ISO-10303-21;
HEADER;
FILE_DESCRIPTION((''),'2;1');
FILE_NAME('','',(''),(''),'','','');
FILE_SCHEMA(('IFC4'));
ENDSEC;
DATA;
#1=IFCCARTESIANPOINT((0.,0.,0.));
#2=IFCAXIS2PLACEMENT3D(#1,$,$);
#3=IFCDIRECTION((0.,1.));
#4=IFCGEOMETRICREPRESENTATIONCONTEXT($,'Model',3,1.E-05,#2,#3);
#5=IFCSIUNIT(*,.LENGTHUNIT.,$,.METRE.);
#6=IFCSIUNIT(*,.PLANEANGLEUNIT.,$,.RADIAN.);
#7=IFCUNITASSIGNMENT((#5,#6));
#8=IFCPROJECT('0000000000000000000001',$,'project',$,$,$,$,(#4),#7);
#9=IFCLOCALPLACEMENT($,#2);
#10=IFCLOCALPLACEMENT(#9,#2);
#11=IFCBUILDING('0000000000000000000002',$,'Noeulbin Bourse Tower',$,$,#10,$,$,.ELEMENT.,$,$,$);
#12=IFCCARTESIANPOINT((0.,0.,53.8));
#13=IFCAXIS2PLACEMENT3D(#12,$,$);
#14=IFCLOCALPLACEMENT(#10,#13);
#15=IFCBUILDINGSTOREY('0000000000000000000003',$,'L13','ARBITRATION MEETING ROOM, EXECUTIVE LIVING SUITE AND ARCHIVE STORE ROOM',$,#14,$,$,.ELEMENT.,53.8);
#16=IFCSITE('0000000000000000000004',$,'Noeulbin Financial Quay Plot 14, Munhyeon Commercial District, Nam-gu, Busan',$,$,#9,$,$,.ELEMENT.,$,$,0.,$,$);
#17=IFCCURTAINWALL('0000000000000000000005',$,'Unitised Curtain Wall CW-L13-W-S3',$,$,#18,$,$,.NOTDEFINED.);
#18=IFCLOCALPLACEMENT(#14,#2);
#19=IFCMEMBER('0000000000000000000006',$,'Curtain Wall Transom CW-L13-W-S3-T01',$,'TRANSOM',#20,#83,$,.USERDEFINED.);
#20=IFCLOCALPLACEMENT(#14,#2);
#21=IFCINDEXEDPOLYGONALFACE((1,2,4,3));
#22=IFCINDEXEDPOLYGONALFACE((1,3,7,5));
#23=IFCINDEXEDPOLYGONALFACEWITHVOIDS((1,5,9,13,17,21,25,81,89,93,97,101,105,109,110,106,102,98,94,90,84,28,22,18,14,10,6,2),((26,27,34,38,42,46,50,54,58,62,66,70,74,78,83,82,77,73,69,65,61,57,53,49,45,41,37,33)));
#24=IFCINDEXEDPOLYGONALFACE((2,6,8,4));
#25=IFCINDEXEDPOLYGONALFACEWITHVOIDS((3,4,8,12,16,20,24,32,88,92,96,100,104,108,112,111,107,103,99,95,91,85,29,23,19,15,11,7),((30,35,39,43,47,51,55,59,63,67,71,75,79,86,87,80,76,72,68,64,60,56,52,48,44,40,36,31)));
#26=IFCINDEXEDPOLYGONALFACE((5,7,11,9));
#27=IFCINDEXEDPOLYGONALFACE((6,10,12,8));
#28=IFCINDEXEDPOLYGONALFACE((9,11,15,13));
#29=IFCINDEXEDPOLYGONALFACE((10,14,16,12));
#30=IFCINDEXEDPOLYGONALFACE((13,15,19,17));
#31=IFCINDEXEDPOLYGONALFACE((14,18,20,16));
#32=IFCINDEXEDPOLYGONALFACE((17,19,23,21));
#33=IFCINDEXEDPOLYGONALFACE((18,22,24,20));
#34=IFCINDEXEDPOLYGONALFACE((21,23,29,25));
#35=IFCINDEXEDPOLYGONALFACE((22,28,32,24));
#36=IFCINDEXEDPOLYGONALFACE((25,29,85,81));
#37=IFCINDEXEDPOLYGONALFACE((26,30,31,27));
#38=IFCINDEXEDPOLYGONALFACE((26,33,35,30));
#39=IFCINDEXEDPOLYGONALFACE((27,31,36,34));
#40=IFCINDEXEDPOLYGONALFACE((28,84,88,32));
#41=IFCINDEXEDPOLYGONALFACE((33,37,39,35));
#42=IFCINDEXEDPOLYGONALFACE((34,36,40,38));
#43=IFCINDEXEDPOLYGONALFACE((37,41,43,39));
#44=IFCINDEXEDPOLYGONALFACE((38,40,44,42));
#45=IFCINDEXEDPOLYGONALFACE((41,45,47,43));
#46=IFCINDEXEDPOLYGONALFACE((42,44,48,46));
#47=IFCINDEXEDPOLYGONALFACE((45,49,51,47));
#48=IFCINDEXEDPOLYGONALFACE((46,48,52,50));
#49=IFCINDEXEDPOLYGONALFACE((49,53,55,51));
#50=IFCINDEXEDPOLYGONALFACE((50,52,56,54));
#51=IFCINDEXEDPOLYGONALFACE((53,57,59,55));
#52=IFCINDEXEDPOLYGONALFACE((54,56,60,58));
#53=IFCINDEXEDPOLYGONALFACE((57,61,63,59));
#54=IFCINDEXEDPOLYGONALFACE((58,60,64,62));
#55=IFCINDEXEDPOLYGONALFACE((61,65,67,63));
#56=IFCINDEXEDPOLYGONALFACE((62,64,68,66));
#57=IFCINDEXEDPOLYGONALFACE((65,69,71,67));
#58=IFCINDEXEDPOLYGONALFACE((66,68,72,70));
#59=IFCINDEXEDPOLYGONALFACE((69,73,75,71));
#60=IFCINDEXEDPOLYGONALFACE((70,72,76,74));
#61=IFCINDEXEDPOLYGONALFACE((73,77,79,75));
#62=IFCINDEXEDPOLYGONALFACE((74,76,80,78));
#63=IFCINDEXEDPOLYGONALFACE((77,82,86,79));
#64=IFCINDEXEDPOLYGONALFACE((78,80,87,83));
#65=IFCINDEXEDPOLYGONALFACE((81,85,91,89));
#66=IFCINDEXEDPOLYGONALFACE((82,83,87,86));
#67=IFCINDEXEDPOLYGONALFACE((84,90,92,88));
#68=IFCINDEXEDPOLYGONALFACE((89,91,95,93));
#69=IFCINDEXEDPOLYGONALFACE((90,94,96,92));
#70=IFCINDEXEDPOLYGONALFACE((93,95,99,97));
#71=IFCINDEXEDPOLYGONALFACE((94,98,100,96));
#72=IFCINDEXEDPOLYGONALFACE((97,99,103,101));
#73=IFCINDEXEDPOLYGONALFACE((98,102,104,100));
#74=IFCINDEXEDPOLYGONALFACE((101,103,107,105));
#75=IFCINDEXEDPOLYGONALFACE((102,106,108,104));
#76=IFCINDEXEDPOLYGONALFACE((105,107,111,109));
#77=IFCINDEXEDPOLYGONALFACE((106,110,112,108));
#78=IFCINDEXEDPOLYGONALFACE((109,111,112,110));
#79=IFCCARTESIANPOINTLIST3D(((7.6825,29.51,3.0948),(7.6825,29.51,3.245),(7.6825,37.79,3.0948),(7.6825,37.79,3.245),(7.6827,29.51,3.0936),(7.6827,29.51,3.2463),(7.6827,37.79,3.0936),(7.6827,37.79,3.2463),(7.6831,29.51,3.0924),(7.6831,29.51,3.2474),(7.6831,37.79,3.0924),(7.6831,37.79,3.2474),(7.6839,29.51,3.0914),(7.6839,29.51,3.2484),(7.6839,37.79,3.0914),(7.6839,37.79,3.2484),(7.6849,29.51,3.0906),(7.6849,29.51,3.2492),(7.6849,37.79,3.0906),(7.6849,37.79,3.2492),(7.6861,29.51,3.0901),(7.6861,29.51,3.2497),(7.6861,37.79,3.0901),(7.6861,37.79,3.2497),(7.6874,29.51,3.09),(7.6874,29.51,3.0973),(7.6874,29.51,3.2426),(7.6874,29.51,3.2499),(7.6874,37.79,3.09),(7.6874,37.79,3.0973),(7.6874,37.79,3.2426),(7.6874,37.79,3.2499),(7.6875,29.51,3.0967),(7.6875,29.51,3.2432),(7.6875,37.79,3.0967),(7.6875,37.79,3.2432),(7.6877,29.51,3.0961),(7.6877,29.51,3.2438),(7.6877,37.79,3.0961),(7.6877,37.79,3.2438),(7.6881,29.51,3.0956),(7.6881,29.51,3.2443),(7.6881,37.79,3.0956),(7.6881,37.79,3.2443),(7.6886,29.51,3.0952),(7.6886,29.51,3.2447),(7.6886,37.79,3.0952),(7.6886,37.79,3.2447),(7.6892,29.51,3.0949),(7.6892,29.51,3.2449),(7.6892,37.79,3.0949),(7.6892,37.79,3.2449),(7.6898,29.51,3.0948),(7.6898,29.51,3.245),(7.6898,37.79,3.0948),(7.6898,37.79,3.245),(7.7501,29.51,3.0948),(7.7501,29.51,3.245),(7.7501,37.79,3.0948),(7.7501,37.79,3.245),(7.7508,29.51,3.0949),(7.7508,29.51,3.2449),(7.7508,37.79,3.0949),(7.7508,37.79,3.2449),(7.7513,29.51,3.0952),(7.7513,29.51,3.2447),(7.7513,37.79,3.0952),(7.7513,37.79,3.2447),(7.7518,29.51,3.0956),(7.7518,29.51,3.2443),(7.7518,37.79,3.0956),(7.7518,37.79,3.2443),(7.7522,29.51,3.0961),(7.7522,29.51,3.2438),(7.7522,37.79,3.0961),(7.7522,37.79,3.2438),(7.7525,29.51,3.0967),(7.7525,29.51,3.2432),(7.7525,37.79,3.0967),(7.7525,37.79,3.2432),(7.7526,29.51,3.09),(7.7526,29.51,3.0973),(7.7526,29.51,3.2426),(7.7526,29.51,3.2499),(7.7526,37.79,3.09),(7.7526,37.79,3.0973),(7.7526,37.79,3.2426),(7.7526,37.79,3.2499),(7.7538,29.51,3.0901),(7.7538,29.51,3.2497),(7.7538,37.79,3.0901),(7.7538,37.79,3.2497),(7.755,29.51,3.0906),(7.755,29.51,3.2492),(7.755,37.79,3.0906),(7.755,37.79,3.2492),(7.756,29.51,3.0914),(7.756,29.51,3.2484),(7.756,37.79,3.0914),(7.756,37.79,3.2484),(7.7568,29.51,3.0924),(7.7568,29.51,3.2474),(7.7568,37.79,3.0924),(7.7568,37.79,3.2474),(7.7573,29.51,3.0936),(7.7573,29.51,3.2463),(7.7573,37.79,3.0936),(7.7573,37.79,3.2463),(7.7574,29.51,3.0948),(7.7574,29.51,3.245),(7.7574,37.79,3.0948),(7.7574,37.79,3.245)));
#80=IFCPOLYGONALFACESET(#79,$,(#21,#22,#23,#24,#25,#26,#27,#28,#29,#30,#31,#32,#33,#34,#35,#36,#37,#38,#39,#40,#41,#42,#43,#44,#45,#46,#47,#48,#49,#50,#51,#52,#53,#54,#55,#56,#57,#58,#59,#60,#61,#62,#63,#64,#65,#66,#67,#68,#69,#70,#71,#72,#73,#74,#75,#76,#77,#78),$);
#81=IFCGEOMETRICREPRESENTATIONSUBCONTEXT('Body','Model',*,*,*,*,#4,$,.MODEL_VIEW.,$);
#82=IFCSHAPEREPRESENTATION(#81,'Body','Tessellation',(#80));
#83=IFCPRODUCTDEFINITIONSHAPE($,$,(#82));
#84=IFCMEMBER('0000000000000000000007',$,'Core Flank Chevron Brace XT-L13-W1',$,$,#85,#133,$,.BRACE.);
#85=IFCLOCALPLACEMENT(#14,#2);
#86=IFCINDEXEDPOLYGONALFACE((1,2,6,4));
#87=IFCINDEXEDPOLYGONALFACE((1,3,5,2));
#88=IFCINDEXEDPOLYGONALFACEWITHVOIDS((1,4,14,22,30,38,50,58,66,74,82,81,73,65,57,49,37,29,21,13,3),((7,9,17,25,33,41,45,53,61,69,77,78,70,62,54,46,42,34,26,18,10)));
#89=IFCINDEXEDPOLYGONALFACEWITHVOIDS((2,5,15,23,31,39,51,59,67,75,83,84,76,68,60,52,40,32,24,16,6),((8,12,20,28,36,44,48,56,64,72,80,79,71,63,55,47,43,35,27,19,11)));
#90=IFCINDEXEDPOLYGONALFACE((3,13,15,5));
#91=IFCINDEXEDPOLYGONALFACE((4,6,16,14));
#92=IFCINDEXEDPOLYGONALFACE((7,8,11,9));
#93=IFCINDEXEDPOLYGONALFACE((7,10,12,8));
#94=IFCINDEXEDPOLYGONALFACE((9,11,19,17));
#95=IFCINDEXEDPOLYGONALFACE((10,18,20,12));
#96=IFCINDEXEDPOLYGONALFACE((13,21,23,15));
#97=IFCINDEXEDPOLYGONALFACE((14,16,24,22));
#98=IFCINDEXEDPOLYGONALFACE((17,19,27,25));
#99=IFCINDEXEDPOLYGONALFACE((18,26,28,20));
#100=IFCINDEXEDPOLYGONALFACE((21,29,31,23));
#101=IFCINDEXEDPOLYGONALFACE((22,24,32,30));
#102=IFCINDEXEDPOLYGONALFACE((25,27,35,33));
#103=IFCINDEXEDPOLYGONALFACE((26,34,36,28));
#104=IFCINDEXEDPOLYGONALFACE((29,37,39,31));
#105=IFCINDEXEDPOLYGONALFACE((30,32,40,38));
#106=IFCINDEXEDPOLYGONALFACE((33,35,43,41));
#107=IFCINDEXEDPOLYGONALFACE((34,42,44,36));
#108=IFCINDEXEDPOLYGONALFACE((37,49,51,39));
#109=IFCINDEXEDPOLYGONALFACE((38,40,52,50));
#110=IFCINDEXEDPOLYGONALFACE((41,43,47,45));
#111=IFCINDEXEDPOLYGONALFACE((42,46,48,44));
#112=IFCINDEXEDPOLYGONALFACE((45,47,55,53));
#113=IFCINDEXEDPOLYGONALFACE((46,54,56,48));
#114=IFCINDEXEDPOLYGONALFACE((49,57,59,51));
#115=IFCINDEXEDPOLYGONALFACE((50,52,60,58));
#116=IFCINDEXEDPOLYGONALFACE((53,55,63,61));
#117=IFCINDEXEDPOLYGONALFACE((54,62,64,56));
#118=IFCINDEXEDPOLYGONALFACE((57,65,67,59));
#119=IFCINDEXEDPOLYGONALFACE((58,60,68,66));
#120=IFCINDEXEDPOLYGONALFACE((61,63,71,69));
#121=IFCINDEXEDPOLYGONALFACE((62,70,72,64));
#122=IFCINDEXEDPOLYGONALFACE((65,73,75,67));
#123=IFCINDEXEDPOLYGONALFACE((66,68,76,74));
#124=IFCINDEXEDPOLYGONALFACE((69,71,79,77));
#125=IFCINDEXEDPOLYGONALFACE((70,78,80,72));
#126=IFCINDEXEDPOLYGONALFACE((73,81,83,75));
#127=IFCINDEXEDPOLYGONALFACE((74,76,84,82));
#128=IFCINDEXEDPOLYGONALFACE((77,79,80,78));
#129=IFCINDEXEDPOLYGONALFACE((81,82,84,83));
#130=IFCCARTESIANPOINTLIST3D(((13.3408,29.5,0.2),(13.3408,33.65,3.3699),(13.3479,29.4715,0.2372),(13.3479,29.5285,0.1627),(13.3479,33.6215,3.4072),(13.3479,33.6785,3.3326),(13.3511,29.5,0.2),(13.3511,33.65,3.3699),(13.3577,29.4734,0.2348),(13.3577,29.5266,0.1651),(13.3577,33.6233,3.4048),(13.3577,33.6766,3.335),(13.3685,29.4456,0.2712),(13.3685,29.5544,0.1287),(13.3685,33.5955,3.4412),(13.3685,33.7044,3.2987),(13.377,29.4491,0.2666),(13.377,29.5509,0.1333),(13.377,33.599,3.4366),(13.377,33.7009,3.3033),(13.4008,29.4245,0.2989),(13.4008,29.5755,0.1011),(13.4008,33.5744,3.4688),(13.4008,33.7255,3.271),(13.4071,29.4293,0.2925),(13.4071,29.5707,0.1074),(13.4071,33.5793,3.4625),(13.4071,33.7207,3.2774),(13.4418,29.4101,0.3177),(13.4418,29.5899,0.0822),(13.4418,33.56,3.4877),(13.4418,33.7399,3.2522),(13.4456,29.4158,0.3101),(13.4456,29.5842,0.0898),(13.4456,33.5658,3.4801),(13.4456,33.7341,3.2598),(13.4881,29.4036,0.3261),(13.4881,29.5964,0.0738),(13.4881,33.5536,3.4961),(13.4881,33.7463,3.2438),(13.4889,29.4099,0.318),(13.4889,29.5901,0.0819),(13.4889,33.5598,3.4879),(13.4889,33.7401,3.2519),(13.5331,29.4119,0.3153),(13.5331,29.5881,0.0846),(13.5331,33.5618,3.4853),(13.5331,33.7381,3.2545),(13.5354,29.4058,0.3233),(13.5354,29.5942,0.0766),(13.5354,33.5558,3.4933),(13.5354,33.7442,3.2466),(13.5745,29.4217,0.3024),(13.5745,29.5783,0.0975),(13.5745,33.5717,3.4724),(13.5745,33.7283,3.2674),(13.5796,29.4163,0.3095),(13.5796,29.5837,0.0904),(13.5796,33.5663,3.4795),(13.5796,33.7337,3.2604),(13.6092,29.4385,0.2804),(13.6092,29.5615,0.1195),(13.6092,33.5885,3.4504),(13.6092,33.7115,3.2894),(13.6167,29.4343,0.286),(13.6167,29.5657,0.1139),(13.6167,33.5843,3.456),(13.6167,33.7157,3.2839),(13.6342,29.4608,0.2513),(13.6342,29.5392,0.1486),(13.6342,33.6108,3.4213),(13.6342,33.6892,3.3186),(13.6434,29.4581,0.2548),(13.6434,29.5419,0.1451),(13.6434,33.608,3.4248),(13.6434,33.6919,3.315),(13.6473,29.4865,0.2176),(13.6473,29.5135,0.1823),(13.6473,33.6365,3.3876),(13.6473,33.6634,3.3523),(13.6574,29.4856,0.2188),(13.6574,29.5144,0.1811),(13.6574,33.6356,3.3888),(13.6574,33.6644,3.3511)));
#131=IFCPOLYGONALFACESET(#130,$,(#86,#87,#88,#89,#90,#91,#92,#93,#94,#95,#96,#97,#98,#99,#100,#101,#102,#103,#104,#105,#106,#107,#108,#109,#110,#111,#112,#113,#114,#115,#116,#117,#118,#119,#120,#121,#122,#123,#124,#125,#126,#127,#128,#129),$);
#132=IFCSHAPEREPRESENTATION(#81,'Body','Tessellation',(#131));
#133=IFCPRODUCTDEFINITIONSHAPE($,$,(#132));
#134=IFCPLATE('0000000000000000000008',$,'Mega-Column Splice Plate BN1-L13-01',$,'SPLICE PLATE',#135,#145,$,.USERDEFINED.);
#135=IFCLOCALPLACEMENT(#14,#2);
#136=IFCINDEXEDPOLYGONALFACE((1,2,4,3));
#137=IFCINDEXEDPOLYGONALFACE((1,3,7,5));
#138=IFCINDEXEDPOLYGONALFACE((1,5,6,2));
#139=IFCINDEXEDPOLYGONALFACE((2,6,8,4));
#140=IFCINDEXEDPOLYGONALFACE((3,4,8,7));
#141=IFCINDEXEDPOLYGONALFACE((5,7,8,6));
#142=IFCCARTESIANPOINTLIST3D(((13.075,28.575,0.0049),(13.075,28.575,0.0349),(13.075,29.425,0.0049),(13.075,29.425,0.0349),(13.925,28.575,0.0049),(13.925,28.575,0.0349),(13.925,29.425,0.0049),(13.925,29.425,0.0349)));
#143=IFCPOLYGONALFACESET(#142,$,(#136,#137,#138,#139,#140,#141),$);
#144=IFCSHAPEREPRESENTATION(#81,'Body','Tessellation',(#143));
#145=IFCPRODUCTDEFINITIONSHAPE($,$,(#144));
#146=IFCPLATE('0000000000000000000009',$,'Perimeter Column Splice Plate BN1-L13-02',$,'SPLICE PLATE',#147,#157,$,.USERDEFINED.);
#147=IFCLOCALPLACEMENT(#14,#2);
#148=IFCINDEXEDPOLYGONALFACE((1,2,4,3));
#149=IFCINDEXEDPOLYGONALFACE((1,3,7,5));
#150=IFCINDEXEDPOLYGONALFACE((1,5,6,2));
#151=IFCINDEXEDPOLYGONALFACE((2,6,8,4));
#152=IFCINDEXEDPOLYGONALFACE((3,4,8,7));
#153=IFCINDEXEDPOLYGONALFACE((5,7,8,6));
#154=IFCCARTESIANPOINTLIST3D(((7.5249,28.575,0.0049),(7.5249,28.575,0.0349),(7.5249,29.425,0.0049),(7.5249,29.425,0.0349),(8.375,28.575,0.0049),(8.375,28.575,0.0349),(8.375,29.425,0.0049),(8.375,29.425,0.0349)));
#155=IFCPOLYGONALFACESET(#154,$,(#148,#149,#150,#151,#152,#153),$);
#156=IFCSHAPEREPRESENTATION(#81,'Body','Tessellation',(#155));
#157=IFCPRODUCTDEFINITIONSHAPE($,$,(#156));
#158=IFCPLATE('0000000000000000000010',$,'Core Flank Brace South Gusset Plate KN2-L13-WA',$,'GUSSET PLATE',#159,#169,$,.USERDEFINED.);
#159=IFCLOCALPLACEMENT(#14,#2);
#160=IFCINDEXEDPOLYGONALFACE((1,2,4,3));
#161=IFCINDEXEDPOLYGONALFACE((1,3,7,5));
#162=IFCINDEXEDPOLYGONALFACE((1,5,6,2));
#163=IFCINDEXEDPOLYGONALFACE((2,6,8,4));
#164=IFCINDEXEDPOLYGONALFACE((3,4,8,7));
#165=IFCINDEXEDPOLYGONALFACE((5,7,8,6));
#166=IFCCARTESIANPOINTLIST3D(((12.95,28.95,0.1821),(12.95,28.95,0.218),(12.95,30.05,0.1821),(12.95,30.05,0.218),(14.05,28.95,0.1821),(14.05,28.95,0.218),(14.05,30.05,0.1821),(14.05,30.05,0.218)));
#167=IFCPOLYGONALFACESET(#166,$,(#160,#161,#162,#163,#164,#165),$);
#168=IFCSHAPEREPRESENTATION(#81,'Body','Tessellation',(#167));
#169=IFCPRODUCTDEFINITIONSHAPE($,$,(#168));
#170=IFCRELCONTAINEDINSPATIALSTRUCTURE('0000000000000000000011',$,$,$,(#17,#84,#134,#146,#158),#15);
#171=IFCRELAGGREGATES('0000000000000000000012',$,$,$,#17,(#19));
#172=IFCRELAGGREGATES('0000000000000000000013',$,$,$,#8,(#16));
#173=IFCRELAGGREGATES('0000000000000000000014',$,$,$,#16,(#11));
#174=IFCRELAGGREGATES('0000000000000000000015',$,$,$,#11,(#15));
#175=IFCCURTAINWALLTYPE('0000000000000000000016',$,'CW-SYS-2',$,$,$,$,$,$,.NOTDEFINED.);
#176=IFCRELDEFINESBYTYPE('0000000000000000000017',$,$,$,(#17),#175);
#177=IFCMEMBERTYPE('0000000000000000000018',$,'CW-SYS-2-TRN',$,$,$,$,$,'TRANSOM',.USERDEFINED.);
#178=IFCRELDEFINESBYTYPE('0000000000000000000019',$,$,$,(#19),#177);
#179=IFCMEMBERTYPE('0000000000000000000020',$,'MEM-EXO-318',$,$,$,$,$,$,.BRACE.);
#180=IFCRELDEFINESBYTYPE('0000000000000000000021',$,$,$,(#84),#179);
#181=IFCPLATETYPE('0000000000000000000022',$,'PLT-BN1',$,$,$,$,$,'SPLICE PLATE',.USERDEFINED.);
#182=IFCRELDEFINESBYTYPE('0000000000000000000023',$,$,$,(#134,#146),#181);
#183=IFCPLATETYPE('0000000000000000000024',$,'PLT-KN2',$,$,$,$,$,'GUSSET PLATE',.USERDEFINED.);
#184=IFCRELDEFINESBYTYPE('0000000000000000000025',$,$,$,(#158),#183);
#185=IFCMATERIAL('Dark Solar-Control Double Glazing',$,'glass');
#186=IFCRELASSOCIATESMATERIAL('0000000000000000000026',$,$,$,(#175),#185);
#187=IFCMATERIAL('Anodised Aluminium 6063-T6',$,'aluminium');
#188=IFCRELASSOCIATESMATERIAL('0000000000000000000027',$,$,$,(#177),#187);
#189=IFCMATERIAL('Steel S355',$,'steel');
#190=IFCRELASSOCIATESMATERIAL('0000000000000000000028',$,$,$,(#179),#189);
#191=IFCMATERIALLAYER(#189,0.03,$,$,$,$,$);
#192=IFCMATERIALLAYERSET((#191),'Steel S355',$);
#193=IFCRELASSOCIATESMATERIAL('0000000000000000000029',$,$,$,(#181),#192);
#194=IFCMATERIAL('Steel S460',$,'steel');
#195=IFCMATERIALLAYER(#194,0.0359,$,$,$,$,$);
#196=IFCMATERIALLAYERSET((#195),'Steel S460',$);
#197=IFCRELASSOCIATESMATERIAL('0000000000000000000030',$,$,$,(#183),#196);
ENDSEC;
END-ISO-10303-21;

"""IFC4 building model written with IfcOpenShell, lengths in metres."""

from ifc_helpers import new_model, si_unit, direction, frame, origin, origin_2d, place, context, subcontext, project, spatial, rectangle, hollow_rectangle, hollow_circle, extrude, material, layer, layer_set, material_profile, profile_set, type_object, element, aggregate, save


model = new_model("IFC4")

# Units and contexts
model_context = context("Model", 3, precision=1e-05, world=origin(), true_north=direction((0.0, 1.0)))
body_context = subcontext(model_context, "Body", "Model", "MODEL_VIEW")
ifc_project = project(units=[si_unit("LENGTHUNIT", "METRE"), si_unit("PLANEANGLEUNIT", "RADIAN")], contexts=[model_context])

# Site, building, storey
site_placement = place(None, origin())
site = spatial("IfcSite", under=ifc_project, at=site_placement, Name="Noeulbin Financial Quay Plot 14, Munhyeon Commercial District, Nam-gu, Busan", CompositionType="ELEMENT", RefElevation=0.0)
building_placement = place(site_placement, origin())
building = spatial("IfcBuilding", under=site, at=building_placement, Name="Noeulbin Bourse Tower", CompositionType="ELEMENT")
storey_placement = place(building_placement, frame((0.0, 0.0, 53.8)))
storey = spatial("IfcBuildingStorey", under=building, at=storey_placement, Name="L13", Description="ARBITRATION MEETING ROOM, EXECUTIVE LIVING SUITE AND ARCHIVE STORE ROOM", CompositionType="ELEMENT", Elevation=53.8)

# Shared definitions
ifc_material_1 = material(Name="Steel S460", Category="steel")

# Curtain wall, member
ifc_material_2 = material(Name="Dark Solar-Control Double Glazing", Category="glass")
curtain_wall_type = type_object("IfcCurtainWallType", Name="CW-SYS-2", PredefinedType="NOTDEFINED", material=ifc_material_2)
curtain_wall_placement = place(storey_placement, origin())
curtain_wall = element("IfcCurtainWall", 1, at=curtain_wall_placement, inside=storey, type_object=curtain_wall_type, Name="Unitised Curtain Wall CW-L13-W-S3", PredefinedType="NOTDEFINED")
ifc_material_3 = material(Name="Anodised Aluminium 6063-T6", Category="aluminium")
ifc_material_profile_1 = material_profile(ifc_material_3, hollow_rectangle(XDim=0.075, YDim=0.1599, WallThickness=0.0049, InnerFilletRadius=0.0024, OuterFilletRadius=0.0049, at=origin_2d()), Name="ALU-TRAN-75x160x5", Category="LoadBearing")
ifc_profile_set_1 = profile_set([ifc_material_profile_1], Name="Anodised Aluminium 6063-T6")
member_type_1 = type_object("IfcMemberType", Name="CW-SYS-2-TRN", ElementType="TRANSOM", PredefinedType="USERDEFINED", material=ifc_profile_set_1)
member_1_placement = place(storey_placement, frame((7.72, 29.51, 3.1699), z_axis=(0.0, 1.0, 0.0), x_axis=(-1.0, 0.0, 0.0)))
member_1 = element("IfcMember", 2, at=member_1_placement, type_object=member_type_1, Name="Curtain Wall Transom CW-L13-W-S3-T01", ObjectType="TRANSOM", PredefinedType="USERDEFINED", context=body_context, shape_type="SweptSolid", body=[
    extrude(hollow_rectangle(XDim=0.075, YDim=0.1599, WallThickness=0.0049, InnerFilletRadius=0.0024, OuterFilletRadius=0.0049, at=origin_2d()), origin(), (0.0, 0.0, 1.0), 8.28),
])
aggregate(curtain_wall, [member_1])

# Member
ifc_material_4 = material(Name="Steel S355", Category="steel")
ifc_material_profile_2 = material_profile(ifc_material_4, hollow_circle(Radius=0.1592, WallThickness=0.0103, at=origin_2d()), Name="CHS-318.5x10.3", Category="LoadBearing")
ifc_profile_set_2 = profile_set([ifc_material_profile_2], Name="Steel S355")
member_type_2 = type_object("IfcMemberType", Name="MEM-EXO-318", PredefinedType="BRACE", material=ifc_profile_set_2)
member_2_placement = place(storey_placement, frame((13.5, 29.5, 0.2), z_axis=(0.0, 0.794684, 0.607023), x_axis=(-1.0, 0.0, 0.0)))
element("IfcMember", 3, at=member_2_placement, inside=storey, type_object=member_type_2, Name="Core Flank Chevron Brace XT-L13-W1", PredefinedType="BRACE", context=body_context, shape_type="SweptSolid", body=[
    extrude(hollow_circle(Radius=0.1592, WallThickness=0.0103, at=origin_2d()), origin(), (0.0, 0.0, 1.0), 5.2222),
])

# Plates
ifc_layer_1 = layer(ifc_material_4, 0.03)
ifc_layer_set_1 = layer_set([ifc_layer_1], Name="Steel S355")
plate_type_1 = type_object("IfcPlateType", Name="PLT-BN1", ElementType="SPLICE PLATE", PredefinedType="USERDEFINED", material=ifc_layer_set_1)
for number, where, z_axis, x_axis, name in (
    (4, (13.5, 29.0, 0.0049), (0.0, 0.0, 1.0), (1.0, 0.0, 0.0), "Mega-Column Splice Plate BN1-L13-01"),
    (5, (7.95, 29.0, 0.0049), (0.0, 0.0, 1.0), (1.0, 0.0, 0.0), "Perimeter Column Splice Plate BN1-L13-02"),
):
    element("IfcPlate", number, at=place(storey_placement, frame(where, z_axis=z_axis, x_axis=x_axis)), inside=storey, type_object=plate_type_1, Name=name, ObjectType="SPLICE PLATE", PredefinedType="USERDEFINED", context=body_context, shape_type="SweptSolid", body=[
        extrude(rectangle(XDim=0.8501, YDim=0.8501, at=origin_2d()), origin(), (0.0, 0.0, 1.0), 0.03),
    ])
ifc_layer_2 = layer(ifc_material_1, 0.0359)
ifc_layer_set_2 = layer_set([ifc_layer_2], Name="Steel S460")
plate_type_2 = type_object("IfcPlateType", Name="PLT-KN2", ElementType="GUSSET PLATE", PredefinedType="USERDEFINED", material=ifc_layer_set_2)
plate_placement = place(storey_placement, frame((13.5, 29.5, 0.1821), z_axis=(0.0, 0.0, 1.0), x_axis=(1.0, 0.0, 0.0)))
element("IfcPlate", 6, at=plate_placement, inside=storey, type_object=plate_type_2, Name="Core Flank Brace South Gusset Plate KN2-L13-WA", ObjectType="GUSSET PLATE", PredefinedType="USERDEFINED", context=body_context, shape_type="SweptSolid", body=[
    extrude(rectangle(XDim=1.1001, YDim=1.1001, at=origin_2d()), origin(), (0.0, 0.0, 1.0), 0.0359),
])

save(model, "model.ifc")
